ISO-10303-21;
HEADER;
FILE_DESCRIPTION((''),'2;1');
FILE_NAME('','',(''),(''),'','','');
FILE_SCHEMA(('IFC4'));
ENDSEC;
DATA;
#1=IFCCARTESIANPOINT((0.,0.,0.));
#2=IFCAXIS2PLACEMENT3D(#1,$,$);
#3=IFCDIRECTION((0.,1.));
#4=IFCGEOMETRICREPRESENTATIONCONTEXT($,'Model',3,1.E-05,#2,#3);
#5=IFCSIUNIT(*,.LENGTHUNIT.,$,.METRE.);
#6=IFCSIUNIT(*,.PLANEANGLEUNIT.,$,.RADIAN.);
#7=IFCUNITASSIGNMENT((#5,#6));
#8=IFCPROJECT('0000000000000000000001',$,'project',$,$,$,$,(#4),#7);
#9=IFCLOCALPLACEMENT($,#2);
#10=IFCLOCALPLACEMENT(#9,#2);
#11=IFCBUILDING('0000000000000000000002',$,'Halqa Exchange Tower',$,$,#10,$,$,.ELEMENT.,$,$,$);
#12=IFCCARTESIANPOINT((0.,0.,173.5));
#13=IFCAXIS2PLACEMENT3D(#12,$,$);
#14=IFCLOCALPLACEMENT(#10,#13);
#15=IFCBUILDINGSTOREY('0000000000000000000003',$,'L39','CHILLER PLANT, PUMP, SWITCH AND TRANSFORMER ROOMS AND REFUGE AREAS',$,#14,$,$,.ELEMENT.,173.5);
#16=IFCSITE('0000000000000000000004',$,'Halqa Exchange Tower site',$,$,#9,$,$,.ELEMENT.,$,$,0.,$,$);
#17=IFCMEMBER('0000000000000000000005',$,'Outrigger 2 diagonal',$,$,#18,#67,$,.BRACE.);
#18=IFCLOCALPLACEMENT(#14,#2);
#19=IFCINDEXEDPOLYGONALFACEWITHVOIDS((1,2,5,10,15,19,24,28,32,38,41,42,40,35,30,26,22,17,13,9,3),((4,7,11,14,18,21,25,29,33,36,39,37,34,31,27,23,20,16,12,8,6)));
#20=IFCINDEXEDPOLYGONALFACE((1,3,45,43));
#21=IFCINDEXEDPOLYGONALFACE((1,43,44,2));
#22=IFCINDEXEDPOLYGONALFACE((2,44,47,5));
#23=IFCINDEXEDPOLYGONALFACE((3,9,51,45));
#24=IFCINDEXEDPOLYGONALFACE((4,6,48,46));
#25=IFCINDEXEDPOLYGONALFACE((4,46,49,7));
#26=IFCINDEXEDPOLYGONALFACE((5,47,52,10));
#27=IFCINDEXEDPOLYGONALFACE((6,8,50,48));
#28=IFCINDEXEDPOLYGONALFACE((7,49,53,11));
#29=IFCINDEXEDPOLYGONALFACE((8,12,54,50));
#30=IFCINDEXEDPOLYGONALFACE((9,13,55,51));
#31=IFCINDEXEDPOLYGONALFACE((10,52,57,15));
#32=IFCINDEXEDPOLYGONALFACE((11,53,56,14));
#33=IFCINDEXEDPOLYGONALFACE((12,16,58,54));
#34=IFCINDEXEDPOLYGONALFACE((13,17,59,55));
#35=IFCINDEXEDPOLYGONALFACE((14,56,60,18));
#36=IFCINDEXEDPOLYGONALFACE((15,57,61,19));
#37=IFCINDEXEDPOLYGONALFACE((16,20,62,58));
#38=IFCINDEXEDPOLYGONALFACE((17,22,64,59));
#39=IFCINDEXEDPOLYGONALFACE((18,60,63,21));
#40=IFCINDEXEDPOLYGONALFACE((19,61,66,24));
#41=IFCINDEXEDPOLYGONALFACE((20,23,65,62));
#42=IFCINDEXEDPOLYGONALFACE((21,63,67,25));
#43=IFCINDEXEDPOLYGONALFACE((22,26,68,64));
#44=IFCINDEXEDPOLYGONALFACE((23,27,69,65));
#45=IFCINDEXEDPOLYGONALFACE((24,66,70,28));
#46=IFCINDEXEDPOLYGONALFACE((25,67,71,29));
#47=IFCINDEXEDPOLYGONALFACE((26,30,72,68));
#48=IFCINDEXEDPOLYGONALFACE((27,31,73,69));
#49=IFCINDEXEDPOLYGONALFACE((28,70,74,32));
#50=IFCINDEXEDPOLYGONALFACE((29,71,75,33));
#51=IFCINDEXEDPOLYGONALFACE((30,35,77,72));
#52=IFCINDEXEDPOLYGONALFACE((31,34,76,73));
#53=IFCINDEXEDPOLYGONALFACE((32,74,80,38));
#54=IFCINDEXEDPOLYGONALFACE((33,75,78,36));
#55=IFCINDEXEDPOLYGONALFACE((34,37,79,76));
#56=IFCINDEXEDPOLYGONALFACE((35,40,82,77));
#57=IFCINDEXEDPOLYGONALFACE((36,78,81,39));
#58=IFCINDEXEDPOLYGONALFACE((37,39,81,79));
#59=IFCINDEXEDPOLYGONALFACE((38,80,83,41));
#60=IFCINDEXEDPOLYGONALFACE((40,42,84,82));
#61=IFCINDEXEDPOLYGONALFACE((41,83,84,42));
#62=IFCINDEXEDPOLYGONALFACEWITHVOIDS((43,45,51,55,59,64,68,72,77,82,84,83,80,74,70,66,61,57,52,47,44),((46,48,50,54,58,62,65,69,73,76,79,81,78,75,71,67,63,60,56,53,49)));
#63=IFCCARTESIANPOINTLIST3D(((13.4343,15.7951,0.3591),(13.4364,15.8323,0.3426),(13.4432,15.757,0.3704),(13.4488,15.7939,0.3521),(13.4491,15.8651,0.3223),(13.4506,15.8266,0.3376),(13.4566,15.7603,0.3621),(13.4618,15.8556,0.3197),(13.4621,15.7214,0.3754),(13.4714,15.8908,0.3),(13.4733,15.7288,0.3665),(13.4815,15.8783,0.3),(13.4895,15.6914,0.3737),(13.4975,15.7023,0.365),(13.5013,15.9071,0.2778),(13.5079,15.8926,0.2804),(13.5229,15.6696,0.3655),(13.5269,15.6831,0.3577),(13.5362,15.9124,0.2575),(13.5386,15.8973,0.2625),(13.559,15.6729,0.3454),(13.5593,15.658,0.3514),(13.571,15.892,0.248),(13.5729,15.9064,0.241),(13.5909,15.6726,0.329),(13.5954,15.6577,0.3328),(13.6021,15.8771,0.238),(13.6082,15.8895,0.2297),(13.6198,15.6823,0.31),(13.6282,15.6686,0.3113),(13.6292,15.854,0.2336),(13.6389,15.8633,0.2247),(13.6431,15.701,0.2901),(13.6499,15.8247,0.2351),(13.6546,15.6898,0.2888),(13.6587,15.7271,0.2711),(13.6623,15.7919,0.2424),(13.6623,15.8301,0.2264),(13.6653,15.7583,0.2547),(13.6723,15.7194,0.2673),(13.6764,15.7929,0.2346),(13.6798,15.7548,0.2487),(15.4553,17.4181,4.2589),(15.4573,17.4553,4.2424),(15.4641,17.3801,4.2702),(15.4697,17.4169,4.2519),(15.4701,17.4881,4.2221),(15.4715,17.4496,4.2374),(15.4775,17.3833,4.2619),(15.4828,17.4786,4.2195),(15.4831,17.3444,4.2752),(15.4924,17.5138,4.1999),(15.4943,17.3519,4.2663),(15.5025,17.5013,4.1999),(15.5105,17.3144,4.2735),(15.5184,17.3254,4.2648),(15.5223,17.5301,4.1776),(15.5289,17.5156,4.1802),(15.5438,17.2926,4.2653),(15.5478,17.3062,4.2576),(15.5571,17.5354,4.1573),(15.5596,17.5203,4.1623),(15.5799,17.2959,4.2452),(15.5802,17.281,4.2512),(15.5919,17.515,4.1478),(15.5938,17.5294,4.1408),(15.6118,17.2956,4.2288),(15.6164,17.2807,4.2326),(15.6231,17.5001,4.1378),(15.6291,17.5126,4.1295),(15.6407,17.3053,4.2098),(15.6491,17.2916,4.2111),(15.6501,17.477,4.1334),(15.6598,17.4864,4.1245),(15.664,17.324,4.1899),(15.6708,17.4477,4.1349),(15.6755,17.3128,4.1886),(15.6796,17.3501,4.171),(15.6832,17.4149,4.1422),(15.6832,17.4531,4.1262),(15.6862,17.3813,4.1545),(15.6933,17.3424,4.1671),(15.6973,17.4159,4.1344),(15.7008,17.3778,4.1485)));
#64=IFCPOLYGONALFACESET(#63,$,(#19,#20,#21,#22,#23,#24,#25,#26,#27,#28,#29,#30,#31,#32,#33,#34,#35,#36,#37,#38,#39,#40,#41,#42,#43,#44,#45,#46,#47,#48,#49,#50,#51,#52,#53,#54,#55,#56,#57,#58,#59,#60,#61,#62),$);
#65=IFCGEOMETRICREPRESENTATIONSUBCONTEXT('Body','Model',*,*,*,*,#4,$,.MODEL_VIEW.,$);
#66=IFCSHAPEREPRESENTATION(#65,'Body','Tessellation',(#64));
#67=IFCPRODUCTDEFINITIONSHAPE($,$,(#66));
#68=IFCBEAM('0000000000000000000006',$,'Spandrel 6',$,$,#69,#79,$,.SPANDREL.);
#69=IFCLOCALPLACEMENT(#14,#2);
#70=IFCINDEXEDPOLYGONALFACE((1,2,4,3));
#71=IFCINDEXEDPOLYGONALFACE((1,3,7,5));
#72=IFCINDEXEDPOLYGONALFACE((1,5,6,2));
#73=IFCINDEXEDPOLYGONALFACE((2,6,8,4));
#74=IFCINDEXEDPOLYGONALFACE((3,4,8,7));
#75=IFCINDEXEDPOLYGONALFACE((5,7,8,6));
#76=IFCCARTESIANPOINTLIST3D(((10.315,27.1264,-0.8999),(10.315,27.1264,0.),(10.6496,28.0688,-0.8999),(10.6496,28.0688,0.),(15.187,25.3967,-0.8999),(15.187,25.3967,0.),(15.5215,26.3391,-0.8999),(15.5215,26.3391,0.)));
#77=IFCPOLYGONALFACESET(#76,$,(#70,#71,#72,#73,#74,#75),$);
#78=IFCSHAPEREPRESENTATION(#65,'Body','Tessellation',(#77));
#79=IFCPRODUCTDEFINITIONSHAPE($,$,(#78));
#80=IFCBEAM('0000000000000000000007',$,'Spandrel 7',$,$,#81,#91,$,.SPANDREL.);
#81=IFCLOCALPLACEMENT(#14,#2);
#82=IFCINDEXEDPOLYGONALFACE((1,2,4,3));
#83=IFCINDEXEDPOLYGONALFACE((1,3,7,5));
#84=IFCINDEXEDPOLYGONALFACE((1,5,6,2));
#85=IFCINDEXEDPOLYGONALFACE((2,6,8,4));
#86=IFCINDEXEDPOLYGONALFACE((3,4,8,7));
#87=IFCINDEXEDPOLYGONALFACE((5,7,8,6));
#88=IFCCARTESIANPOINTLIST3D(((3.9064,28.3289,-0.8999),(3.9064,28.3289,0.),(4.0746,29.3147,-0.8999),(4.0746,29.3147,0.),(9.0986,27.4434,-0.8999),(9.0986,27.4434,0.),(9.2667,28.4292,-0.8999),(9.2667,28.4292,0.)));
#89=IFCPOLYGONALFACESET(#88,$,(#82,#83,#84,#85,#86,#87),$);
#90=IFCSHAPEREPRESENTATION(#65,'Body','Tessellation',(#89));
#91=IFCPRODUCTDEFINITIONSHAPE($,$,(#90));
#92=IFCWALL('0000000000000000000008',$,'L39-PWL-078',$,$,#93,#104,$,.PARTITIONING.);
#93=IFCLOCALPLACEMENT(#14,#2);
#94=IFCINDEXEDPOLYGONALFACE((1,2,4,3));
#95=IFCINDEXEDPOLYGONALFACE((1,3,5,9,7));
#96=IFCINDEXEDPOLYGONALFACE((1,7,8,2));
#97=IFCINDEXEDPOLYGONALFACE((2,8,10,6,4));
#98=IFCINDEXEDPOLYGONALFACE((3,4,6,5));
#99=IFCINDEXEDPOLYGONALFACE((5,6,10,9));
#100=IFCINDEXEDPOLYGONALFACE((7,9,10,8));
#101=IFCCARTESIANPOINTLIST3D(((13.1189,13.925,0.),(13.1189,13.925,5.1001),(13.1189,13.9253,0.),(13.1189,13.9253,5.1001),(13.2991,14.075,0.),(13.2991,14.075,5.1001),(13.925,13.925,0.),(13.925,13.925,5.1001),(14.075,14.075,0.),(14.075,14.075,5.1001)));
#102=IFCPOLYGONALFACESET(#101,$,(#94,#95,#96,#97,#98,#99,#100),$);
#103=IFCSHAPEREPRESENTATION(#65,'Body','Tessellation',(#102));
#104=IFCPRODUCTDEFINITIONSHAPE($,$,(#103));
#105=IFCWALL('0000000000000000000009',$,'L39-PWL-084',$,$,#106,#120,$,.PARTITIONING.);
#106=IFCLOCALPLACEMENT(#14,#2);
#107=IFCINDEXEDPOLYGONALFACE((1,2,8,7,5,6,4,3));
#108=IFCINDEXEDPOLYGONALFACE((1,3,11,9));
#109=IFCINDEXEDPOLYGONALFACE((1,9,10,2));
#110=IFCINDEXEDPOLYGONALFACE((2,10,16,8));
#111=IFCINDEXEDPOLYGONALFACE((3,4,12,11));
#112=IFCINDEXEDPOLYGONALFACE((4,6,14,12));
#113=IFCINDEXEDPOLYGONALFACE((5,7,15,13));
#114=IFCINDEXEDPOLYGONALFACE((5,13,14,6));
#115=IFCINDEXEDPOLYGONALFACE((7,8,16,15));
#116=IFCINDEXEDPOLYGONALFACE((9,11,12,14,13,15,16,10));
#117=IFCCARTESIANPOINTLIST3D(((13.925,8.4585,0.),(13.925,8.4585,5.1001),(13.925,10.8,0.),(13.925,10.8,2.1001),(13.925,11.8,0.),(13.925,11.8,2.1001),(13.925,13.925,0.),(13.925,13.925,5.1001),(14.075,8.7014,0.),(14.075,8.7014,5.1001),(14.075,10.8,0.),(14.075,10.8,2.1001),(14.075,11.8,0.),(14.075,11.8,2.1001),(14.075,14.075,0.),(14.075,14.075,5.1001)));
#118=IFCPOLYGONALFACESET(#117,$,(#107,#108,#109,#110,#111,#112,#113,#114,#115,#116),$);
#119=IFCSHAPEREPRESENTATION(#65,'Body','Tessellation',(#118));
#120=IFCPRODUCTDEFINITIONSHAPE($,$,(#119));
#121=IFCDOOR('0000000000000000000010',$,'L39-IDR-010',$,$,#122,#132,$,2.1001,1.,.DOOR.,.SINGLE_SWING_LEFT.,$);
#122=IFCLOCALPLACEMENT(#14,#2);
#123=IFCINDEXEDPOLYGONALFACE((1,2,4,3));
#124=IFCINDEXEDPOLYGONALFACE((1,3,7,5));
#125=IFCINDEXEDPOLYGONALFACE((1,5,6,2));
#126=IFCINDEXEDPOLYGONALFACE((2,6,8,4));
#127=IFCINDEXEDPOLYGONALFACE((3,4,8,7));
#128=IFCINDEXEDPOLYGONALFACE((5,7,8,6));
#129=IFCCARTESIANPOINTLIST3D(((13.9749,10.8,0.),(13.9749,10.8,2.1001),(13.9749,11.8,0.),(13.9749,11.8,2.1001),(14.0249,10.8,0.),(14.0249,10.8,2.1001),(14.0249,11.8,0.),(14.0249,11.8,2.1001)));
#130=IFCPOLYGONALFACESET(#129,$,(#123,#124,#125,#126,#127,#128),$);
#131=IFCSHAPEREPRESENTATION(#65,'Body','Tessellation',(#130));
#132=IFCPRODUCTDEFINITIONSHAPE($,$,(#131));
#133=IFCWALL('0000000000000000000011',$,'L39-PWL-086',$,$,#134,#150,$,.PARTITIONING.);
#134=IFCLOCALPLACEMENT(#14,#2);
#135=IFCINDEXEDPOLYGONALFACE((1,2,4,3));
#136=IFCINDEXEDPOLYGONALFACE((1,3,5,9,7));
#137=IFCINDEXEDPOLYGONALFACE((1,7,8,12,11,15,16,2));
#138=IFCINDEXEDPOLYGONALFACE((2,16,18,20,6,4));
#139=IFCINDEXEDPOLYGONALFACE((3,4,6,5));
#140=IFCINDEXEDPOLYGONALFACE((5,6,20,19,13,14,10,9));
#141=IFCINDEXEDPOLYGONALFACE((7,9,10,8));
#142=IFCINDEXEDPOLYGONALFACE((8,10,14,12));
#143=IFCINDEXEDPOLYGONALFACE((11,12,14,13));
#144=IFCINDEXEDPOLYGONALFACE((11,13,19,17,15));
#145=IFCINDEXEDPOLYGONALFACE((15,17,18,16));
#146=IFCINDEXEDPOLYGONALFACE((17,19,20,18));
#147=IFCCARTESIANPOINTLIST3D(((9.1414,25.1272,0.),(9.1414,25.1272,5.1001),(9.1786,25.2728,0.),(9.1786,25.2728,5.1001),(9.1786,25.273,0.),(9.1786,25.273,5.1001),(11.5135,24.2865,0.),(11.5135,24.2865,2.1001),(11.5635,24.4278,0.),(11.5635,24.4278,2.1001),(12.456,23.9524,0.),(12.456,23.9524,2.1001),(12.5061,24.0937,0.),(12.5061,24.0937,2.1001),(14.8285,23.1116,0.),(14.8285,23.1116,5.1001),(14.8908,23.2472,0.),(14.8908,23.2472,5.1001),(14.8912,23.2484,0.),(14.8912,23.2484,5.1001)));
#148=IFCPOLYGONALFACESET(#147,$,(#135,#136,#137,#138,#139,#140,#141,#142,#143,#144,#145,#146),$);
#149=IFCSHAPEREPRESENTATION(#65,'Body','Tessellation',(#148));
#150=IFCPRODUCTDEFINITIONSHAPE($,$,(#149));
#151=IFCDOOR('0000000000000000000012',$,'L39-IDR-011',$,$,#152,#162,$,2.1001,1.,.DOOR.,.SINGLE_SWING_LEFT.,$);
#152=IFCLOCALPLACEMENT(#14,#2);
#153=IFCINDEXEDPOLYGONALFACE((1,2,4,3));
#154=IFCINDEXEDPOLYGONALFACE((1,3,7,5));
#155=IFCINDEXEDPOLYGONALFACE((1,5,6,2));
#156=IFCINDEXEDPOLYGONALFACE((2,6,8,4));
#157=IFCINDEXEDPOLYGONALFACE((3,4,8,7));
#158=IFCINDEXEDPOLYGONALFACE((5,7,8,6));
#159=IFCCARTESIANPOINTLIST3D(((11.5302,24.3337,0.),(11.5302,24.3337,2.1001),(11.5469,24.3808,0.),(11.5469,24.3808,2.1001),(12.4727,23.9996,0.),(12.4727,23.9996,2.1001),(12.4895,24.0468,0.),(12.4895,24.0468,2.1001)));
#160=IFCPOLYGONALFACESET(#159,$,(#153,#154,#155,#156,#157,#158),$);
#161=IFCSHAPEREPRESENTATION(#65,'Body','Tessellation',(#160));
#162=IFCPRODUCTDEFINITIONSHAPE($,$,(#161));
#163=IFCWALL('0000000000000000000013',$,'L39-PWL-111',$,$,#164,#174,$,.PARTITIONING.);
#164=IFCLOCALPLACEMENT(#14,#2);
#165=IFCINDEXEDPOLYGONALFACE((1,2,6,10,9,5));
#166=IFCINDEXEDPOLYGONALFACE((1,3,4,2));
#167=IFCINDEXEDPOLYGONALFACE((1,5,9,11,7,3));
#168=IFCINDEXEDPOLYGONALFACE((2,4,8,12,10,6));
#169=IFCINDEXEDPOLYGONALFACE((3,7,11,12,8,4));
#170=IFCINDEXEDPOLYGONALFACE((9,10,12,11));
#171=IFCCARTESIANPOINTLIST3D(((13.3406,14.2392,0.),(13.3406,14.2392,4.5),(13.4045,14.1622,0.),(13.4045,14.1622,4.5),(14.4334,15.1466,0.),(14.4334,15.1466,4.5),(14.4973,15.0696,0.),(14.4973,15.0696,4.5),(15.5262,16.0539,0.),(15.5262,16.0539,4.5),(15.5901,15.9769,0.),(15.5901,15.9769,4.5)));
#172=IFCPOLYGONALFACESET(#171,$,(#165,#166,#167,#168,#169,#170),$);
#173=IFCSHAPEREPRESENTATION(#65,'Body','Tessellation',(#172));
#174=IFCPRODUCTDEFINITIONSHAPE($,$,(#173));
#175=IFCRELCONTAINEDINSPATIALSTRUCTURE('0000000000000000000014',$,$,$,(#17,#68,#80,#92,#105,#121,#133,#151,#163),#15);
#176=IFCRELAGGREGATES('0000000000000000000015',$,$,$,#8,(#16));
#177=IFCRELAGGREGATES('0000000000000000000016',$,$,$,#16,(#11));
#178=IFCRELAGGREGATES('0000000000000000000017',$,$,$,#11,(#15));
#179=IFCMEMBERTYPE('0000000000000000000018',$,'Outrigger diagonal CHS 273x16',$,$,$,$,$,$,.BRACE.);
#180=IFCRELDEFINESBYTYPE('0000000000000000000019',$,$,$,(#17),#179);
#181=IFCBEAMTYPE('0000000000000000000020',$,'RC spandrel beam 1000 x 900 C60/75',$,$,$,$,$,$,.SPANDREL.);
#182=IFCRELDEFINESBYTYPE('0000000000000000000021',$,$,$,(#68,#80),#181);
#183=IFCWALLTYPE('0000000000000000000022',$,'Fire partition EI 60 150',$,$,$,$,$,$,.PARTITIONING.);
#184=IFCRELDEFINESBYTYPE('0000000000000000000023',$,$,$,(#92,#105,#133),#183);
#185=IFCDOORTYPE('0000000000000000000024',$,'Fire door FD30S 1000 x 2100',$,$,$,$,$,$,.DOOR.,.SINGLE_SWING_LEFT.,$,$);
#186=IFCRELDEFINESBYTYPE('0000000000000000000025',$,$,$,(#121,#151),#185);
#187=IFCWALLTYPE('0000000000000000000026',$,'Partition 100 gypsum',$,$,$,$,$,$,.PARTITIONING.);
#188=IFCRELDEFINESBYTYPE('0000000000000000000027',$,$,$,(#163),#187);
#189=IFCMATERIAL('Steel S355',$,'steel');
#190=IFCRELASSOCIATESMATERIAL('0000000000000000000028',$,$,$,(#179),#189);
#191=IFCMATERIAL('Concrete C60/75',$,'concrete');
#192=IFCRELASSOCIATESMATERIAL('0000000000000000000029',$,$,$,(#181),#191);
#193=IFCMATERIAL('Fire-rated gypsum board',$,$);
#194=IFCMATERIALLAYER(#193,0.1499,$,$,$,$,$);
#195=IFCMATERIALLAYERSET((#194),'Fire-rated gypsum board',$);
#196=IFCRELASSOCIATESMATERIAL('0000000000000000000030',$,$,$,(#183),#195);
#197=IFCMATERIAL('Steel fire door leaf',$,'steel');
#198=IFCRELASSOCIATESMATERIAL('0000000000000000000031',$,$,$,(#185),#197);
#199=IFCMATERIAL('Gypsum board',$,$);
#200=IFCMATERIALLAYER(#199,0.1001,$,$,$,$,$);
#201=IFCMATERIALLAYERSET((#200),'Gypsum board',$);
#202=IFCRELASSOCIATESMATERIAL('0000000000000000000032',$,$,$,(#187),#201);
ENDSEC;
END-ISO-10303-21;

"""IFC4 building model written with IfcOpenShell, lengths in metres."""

from ifc_helpers import new_model, si_unit, direction, frame, frame_2d, origin, origin_2d, place, context, subcontext, project, spatial, polyline, rectangle, hollow_circle, outline, extrude, material, layer, layer_set, material_profile, profile_set, type_object, element, fill, save


model = new_model("IFC4")

# Units and contexts
model_context = context("Model", 3, precision=1e-05, world=origin(), true_north=direction((0.0, 1.0)))
body_context = subcontext(model_context, "Body", "Model", "MODEL_VIEW")
ifc_project = project(units=[si_unit("LENGTHUNIT", "METRE"), si_unit("PLANEANGLEUNIT", "RADIAN")], contexts=[model_context])

# Site, building, storey
site_placement = place(None, origin())
site = spatial("IfcSite", under=ifc_project, at=site_placement, Name="Halqa Exchange Tower site", CompositionType="ELEMENT", RefElevation=0.0)
building_placement = place(site_placement, origin())
building = spatial("IfcBuilding", under=site, at=building_placement, Name="Halqa Exchange Tower", CompositionType="ELEMENT")
storey_placement = place(building_placement, frame((0.0, 0.0, 173.5)))
storey = spatial("IfcBuildingStorey", under=building, at=storey_placement, Name="L39", Description="CHILLER PLANT, PUMP, SWITCH AND TRANSFORMER ROOMS AND REFUGE AREAS", CompositionType="ELEMENT", Elevation=173.5)

# Member
ifc_material_1 = material(Name="Steel S355", Category="steel")
ifc_material_profile_1 = material_profile(ifc_material_1, hollow_circle(Radius=0.1365, WallThickness=0.0161, at=origin_2d()), Name="CHS 273x16")
ifc_profile_set_1 = profile_set([ifc_material_profile_1], Name="Steel S355")
member_type_1 = type_object("IfcMemberType", Name="Outrigger diagonal CHS 273x16", PredefinedType="BRACE", material=ifc_profile_set_1)
member_1_placement = place(storey_placement, frame((13.5569, 15.7844, 0.3), z_axis=(0.431585, 0.346603, 0.832827), x_axis=(-0.626164, 0.779691, 0.0)))
element("IfcMember", 1, at=member_1_placement, inside=storey, type_object=member_type_1, Name="Outrigger 2 diagonal", PredefinedType="BRACE", context=body_context, shape_type="SweptSolid", body=[
    extrude(hollow_circle(Radius=0.1365, WallThickness=0.0161, at=origin_2d()), origin(), (0.0, 0.0, 1.0), 4.6826),
])

# Beams
ifc_material_2 = material(Name="Concrete C60/75", Category="concrete")
ifc_material_profile_2 = material_profile(ifc_material_2, rectangle(XDim=1.0, YDim=0.8999, at=origin_2d()), Name="1000 x 900")
ifc_profile_set_2 = profile_set([ifc_material_profile_2], Name="Concrete C60/75")
beam_type = type_object("IfcBeamType", Name="RC spandrel beam 1000 x 900 C60/75", PredefinedType="SPANDREL", material=ifc_profile_set_2)
beam_1_placement = place(storey_placement, frame((15.3542, 25.8679, -0.45), z_axis=(-0.942371, 0.334571, 0.0), x_axis=(-0.334571, -0.942371, 0.0)))
element("IfcBeam", 2, at=beam_1_placement, inside=storey, type_object=beam_type, Name="Spandrel 6", PredefinedType="SPANDREL", context=body_context, shape_type="SweptSolid", body=[
    extrude(rectangle(XDim=1.0, YDim=0.8999, at=origin_2d()), origin(), (0.0, 0.0, 1.0), 5.1699),
])
beam_2_placement = place(storey_placement, frame((9.1826, 27.9363, -0.45), z_axis=(-0.985767, 0.168119, 0.0), x_axis=(-0.168119, -0.985767, 0.0)))
element("IfcBeam", 3, at=beam_2_placement, inside=storey, type_object=beam_type, Name="Spandrel 7", PredefinedType="SPANDREL", context=body_context, shape_type="SweptSolid", body=[
    extrude(rectangle(XDim=1.0, YDim=0.8999, at=origin_2d()), origin(), (0.0, 0.0, 1.0), 5.2671),
])

# Wall
ifc_material_3 = material(Name="Fire-rated gypsum board")
ifc_layer_1 = layer(ifc_material_3, 0.1499)
ifc_layer_set_1 = layer_set([ifc_layer_1], Name="Fire-rated gypsum board")
wall_type_1 = type_object("IfcWallType", Name="Fire partition EI 60 150", PredefinedType="PARTITIONING", material=ifc_layer_set_1)
wall_1_placement = place(storey_placement, frame((13.1189, 14.0, 0.0), z_axis=(0.0, 0.0, 1.0), x_axis=(1.0, 0.0, 0.0)))
element("IfcWall", 4, at=wall_1_placement, inside=storey, type_object=wall_type_1, Name="L39-PWL-078", PredefinedType="PARTITIONING", context=body_context, shape_type="SweptSolid", body=[
    extrude(outline(polyline([(0.0, -0.075), (0.8062, -0.075), (0.9561, 0.075), (0.1802, 0.075), (0.0, -0.0747), (0.0, -0.075)])), origin(), (0.0, 0.0, 1.0), 5.1001),
])

# Walls, openings, doors
wall_2_placement = place(storey_placement, frame((14.0, 14.075, 0.0), z_axis=(0.0, 0.0, 1.0), x_axis=(0.0, -1.0, 0.0)))
wall_2 = element("IfcWall", 5, at=wall_2_placement, inside=storey, type_object=wall_type_1, Name="L39-PWL-084", PredefinedType="PARTITIONING", context=body_context, shape_type="SweptSolid", body=[
    extrude(outline(polyline([(0.1499, -0.075), (1.9722, -0.075), (3.7942, -0.075), (5.6165, -0.075), (5.3735, 0.075), (3.5823, 0.075), (1.7913, 0.075), (0.0, 0.075), (0.1499, -0.075)])), origin(), (0.0, 0.0, 1.0), 5.1001),
])
opening_1_placement = place(wall_2_placement, frame((2.2749, 0.0, 0.0)))
opening_1 = element("IfcOpeningElement", 6, at=opening_1_placement, cuts=wall_2, PredefinedType="OPENING", context=body_context, shape_type="SweptSolid", body=[
    extrude(rectangle(XDim=1.0, YDim=2.1001, at=frame_2d((0.5, 1.05))), frame((0.0, 0.0869, 0.0), z_axis=(0.0, -1.0, 0.0), x_axis=(1.0, 0.0, 0.0)), (0.0, 0.0, 1.0), 0.1738),
])
ifc_material_4 = material(Name="Steel fire door leaf", Category="steel")
door_type = type_object("IfcDoorType", Name="Fire door FD30S 1000 x 2100", OperationType="SINGLE_SWING_LEFT", PredefinedType="DOOR", material=ifc_material_4)
door_1_placement = place(opening_1_placement, origin())
door_1 = element("IfcDoor", 7, at=door_1_placement, inside=storey, type_object=door_type, Name="L39-IDR-010", OperationType="SINGLE_SWING_LEFT", OverallHeight=2.1001, OverallWidth=1.0, PredefinedType="DOOR", context=body_context, shape_type="SweptSolid", body=[
    extrude(rectangle(XDim=1.0, YDim=2.1001, at=frame_2d((0.5, 1.05))), frame((0.0, 0.0249, 0.0), z_axis=(0.0, -1.0, 0.0), x_axis=(1.0, 0.0, 0.0)), (0.0, 0.0, 1.0), 0.05),
])
fill(opening_1, door_1)
wall_3_placement = place(storey_placement, frame((14.8662, 23.1777, 0.0), z_axis=(0.0, 0.0, 1.0), x_axis=(-0.942553, 0.334057, 0.0)))
wall_3 = element("IfcWall", 8, at=wall_3_placement, inside=storey, type_object=wall_type_1, Name="L39-PWL-086", PredefinedType="PARTITIONING", context=body_context, shape_type="SweptSolid", body=[
    extrude(outline(polyline([(6.0608, -0.075), (6.0608, -0.0747), (6.0471, 0.075), (4.5386, 0.075), (3.0303, 0.075), (1.5217, 0.075), (0.0134, 0.075), (0.0, -0.0737), (0.0, -0.075), (1.5151, -0.075), (3.0303, -0.075), (4.5457, -0.075), (6.0608, -0.075)])), origin(), (0.0, 0.0, 1.0), 5.1001),
])
opening_2_placement = place(wall_3_placement, frame((2.5305, 0.0, 0.0)))
opening_2 = element("IfcOpeningElement", 9, at=opening_2_placement, cuts=wall_3, PredefinedType="OPENING", context=body_context, shape_type="SweptSolid", body=[
    extrude(rectangle(XDim=1.0, YDim=2.1001, at=frame_2d((0.5, 1.05))), frame((0.0, 0.0869, 0.0), z_axis=(0.0, -1.0, 0.0), x_axis=(1.0, 0.0, 0.0)), (0.0, 0.0, 1.0), 0.1738),
])
door_2_placement = place(opening_2_placement, origin())
door_2 = element("IfcDoor", 10, at=door_2_placement, inside=storey, type_object=door_type, Name="L39-IDR-011", OperationType="SINGLE_SWING_LEFT", OverallHeight=2.1001, OverallWidth=1.0, PredefinedType="DOOR", context=body_context, shape_type="SweptSolid", body=[
    extrude(rectangle(XDim=1.0, YDim=2.1001, at=frame_2d((0.5, 1.05))), frame((0.0, 0.0249, 0.0), z_axis=(0.0, -1.0, 0.0), x_axis=(1.0, 0.0, 0.0)), (0.0, 0.0, 1.0), 0.05),
])
fill(opening_2, door_2)

# Wall
ifc_material_5 = material(Name="Gypsum board")
ifc_layer_2 = layer(ifc_material_5, 0.1001)
ifc_layer_set_2 = layer_set([ifc_layer_2], Name="Gypsum board")
wall_type_2 = type_object("IfcWallType", Name="Partition 100 gypsum", PredefinedType="PARTITIONING", material=ifc_layer_set_2)
wall_4_placement = place(storey_placement, frame((13.3726, 14.2007, 0.0), z_axis=(0.0, 0.0, 1.0), x_axis=(0.769361, 0.638814, 0.0)))
element("IfcWall", 11, at=wall_4_placement, inside=storey, type_object=wall_type_2, Name="L39-PWL-111", PredefinedType="PARTITIONING", context=body_context, shape_type="SweptSolid", body=[
    extrude(outline(polyline([(0.0, 0.05), (0.0, -0.05), (1.4204, -0.05), (2.8408, -0.05), (2.8408, 0.05), (1.4204, 0.05), (0.0, 0.05)])), origin(), (0.0, 0.0, 1.0), 4.5),
])

save(model, "model.ifc")
